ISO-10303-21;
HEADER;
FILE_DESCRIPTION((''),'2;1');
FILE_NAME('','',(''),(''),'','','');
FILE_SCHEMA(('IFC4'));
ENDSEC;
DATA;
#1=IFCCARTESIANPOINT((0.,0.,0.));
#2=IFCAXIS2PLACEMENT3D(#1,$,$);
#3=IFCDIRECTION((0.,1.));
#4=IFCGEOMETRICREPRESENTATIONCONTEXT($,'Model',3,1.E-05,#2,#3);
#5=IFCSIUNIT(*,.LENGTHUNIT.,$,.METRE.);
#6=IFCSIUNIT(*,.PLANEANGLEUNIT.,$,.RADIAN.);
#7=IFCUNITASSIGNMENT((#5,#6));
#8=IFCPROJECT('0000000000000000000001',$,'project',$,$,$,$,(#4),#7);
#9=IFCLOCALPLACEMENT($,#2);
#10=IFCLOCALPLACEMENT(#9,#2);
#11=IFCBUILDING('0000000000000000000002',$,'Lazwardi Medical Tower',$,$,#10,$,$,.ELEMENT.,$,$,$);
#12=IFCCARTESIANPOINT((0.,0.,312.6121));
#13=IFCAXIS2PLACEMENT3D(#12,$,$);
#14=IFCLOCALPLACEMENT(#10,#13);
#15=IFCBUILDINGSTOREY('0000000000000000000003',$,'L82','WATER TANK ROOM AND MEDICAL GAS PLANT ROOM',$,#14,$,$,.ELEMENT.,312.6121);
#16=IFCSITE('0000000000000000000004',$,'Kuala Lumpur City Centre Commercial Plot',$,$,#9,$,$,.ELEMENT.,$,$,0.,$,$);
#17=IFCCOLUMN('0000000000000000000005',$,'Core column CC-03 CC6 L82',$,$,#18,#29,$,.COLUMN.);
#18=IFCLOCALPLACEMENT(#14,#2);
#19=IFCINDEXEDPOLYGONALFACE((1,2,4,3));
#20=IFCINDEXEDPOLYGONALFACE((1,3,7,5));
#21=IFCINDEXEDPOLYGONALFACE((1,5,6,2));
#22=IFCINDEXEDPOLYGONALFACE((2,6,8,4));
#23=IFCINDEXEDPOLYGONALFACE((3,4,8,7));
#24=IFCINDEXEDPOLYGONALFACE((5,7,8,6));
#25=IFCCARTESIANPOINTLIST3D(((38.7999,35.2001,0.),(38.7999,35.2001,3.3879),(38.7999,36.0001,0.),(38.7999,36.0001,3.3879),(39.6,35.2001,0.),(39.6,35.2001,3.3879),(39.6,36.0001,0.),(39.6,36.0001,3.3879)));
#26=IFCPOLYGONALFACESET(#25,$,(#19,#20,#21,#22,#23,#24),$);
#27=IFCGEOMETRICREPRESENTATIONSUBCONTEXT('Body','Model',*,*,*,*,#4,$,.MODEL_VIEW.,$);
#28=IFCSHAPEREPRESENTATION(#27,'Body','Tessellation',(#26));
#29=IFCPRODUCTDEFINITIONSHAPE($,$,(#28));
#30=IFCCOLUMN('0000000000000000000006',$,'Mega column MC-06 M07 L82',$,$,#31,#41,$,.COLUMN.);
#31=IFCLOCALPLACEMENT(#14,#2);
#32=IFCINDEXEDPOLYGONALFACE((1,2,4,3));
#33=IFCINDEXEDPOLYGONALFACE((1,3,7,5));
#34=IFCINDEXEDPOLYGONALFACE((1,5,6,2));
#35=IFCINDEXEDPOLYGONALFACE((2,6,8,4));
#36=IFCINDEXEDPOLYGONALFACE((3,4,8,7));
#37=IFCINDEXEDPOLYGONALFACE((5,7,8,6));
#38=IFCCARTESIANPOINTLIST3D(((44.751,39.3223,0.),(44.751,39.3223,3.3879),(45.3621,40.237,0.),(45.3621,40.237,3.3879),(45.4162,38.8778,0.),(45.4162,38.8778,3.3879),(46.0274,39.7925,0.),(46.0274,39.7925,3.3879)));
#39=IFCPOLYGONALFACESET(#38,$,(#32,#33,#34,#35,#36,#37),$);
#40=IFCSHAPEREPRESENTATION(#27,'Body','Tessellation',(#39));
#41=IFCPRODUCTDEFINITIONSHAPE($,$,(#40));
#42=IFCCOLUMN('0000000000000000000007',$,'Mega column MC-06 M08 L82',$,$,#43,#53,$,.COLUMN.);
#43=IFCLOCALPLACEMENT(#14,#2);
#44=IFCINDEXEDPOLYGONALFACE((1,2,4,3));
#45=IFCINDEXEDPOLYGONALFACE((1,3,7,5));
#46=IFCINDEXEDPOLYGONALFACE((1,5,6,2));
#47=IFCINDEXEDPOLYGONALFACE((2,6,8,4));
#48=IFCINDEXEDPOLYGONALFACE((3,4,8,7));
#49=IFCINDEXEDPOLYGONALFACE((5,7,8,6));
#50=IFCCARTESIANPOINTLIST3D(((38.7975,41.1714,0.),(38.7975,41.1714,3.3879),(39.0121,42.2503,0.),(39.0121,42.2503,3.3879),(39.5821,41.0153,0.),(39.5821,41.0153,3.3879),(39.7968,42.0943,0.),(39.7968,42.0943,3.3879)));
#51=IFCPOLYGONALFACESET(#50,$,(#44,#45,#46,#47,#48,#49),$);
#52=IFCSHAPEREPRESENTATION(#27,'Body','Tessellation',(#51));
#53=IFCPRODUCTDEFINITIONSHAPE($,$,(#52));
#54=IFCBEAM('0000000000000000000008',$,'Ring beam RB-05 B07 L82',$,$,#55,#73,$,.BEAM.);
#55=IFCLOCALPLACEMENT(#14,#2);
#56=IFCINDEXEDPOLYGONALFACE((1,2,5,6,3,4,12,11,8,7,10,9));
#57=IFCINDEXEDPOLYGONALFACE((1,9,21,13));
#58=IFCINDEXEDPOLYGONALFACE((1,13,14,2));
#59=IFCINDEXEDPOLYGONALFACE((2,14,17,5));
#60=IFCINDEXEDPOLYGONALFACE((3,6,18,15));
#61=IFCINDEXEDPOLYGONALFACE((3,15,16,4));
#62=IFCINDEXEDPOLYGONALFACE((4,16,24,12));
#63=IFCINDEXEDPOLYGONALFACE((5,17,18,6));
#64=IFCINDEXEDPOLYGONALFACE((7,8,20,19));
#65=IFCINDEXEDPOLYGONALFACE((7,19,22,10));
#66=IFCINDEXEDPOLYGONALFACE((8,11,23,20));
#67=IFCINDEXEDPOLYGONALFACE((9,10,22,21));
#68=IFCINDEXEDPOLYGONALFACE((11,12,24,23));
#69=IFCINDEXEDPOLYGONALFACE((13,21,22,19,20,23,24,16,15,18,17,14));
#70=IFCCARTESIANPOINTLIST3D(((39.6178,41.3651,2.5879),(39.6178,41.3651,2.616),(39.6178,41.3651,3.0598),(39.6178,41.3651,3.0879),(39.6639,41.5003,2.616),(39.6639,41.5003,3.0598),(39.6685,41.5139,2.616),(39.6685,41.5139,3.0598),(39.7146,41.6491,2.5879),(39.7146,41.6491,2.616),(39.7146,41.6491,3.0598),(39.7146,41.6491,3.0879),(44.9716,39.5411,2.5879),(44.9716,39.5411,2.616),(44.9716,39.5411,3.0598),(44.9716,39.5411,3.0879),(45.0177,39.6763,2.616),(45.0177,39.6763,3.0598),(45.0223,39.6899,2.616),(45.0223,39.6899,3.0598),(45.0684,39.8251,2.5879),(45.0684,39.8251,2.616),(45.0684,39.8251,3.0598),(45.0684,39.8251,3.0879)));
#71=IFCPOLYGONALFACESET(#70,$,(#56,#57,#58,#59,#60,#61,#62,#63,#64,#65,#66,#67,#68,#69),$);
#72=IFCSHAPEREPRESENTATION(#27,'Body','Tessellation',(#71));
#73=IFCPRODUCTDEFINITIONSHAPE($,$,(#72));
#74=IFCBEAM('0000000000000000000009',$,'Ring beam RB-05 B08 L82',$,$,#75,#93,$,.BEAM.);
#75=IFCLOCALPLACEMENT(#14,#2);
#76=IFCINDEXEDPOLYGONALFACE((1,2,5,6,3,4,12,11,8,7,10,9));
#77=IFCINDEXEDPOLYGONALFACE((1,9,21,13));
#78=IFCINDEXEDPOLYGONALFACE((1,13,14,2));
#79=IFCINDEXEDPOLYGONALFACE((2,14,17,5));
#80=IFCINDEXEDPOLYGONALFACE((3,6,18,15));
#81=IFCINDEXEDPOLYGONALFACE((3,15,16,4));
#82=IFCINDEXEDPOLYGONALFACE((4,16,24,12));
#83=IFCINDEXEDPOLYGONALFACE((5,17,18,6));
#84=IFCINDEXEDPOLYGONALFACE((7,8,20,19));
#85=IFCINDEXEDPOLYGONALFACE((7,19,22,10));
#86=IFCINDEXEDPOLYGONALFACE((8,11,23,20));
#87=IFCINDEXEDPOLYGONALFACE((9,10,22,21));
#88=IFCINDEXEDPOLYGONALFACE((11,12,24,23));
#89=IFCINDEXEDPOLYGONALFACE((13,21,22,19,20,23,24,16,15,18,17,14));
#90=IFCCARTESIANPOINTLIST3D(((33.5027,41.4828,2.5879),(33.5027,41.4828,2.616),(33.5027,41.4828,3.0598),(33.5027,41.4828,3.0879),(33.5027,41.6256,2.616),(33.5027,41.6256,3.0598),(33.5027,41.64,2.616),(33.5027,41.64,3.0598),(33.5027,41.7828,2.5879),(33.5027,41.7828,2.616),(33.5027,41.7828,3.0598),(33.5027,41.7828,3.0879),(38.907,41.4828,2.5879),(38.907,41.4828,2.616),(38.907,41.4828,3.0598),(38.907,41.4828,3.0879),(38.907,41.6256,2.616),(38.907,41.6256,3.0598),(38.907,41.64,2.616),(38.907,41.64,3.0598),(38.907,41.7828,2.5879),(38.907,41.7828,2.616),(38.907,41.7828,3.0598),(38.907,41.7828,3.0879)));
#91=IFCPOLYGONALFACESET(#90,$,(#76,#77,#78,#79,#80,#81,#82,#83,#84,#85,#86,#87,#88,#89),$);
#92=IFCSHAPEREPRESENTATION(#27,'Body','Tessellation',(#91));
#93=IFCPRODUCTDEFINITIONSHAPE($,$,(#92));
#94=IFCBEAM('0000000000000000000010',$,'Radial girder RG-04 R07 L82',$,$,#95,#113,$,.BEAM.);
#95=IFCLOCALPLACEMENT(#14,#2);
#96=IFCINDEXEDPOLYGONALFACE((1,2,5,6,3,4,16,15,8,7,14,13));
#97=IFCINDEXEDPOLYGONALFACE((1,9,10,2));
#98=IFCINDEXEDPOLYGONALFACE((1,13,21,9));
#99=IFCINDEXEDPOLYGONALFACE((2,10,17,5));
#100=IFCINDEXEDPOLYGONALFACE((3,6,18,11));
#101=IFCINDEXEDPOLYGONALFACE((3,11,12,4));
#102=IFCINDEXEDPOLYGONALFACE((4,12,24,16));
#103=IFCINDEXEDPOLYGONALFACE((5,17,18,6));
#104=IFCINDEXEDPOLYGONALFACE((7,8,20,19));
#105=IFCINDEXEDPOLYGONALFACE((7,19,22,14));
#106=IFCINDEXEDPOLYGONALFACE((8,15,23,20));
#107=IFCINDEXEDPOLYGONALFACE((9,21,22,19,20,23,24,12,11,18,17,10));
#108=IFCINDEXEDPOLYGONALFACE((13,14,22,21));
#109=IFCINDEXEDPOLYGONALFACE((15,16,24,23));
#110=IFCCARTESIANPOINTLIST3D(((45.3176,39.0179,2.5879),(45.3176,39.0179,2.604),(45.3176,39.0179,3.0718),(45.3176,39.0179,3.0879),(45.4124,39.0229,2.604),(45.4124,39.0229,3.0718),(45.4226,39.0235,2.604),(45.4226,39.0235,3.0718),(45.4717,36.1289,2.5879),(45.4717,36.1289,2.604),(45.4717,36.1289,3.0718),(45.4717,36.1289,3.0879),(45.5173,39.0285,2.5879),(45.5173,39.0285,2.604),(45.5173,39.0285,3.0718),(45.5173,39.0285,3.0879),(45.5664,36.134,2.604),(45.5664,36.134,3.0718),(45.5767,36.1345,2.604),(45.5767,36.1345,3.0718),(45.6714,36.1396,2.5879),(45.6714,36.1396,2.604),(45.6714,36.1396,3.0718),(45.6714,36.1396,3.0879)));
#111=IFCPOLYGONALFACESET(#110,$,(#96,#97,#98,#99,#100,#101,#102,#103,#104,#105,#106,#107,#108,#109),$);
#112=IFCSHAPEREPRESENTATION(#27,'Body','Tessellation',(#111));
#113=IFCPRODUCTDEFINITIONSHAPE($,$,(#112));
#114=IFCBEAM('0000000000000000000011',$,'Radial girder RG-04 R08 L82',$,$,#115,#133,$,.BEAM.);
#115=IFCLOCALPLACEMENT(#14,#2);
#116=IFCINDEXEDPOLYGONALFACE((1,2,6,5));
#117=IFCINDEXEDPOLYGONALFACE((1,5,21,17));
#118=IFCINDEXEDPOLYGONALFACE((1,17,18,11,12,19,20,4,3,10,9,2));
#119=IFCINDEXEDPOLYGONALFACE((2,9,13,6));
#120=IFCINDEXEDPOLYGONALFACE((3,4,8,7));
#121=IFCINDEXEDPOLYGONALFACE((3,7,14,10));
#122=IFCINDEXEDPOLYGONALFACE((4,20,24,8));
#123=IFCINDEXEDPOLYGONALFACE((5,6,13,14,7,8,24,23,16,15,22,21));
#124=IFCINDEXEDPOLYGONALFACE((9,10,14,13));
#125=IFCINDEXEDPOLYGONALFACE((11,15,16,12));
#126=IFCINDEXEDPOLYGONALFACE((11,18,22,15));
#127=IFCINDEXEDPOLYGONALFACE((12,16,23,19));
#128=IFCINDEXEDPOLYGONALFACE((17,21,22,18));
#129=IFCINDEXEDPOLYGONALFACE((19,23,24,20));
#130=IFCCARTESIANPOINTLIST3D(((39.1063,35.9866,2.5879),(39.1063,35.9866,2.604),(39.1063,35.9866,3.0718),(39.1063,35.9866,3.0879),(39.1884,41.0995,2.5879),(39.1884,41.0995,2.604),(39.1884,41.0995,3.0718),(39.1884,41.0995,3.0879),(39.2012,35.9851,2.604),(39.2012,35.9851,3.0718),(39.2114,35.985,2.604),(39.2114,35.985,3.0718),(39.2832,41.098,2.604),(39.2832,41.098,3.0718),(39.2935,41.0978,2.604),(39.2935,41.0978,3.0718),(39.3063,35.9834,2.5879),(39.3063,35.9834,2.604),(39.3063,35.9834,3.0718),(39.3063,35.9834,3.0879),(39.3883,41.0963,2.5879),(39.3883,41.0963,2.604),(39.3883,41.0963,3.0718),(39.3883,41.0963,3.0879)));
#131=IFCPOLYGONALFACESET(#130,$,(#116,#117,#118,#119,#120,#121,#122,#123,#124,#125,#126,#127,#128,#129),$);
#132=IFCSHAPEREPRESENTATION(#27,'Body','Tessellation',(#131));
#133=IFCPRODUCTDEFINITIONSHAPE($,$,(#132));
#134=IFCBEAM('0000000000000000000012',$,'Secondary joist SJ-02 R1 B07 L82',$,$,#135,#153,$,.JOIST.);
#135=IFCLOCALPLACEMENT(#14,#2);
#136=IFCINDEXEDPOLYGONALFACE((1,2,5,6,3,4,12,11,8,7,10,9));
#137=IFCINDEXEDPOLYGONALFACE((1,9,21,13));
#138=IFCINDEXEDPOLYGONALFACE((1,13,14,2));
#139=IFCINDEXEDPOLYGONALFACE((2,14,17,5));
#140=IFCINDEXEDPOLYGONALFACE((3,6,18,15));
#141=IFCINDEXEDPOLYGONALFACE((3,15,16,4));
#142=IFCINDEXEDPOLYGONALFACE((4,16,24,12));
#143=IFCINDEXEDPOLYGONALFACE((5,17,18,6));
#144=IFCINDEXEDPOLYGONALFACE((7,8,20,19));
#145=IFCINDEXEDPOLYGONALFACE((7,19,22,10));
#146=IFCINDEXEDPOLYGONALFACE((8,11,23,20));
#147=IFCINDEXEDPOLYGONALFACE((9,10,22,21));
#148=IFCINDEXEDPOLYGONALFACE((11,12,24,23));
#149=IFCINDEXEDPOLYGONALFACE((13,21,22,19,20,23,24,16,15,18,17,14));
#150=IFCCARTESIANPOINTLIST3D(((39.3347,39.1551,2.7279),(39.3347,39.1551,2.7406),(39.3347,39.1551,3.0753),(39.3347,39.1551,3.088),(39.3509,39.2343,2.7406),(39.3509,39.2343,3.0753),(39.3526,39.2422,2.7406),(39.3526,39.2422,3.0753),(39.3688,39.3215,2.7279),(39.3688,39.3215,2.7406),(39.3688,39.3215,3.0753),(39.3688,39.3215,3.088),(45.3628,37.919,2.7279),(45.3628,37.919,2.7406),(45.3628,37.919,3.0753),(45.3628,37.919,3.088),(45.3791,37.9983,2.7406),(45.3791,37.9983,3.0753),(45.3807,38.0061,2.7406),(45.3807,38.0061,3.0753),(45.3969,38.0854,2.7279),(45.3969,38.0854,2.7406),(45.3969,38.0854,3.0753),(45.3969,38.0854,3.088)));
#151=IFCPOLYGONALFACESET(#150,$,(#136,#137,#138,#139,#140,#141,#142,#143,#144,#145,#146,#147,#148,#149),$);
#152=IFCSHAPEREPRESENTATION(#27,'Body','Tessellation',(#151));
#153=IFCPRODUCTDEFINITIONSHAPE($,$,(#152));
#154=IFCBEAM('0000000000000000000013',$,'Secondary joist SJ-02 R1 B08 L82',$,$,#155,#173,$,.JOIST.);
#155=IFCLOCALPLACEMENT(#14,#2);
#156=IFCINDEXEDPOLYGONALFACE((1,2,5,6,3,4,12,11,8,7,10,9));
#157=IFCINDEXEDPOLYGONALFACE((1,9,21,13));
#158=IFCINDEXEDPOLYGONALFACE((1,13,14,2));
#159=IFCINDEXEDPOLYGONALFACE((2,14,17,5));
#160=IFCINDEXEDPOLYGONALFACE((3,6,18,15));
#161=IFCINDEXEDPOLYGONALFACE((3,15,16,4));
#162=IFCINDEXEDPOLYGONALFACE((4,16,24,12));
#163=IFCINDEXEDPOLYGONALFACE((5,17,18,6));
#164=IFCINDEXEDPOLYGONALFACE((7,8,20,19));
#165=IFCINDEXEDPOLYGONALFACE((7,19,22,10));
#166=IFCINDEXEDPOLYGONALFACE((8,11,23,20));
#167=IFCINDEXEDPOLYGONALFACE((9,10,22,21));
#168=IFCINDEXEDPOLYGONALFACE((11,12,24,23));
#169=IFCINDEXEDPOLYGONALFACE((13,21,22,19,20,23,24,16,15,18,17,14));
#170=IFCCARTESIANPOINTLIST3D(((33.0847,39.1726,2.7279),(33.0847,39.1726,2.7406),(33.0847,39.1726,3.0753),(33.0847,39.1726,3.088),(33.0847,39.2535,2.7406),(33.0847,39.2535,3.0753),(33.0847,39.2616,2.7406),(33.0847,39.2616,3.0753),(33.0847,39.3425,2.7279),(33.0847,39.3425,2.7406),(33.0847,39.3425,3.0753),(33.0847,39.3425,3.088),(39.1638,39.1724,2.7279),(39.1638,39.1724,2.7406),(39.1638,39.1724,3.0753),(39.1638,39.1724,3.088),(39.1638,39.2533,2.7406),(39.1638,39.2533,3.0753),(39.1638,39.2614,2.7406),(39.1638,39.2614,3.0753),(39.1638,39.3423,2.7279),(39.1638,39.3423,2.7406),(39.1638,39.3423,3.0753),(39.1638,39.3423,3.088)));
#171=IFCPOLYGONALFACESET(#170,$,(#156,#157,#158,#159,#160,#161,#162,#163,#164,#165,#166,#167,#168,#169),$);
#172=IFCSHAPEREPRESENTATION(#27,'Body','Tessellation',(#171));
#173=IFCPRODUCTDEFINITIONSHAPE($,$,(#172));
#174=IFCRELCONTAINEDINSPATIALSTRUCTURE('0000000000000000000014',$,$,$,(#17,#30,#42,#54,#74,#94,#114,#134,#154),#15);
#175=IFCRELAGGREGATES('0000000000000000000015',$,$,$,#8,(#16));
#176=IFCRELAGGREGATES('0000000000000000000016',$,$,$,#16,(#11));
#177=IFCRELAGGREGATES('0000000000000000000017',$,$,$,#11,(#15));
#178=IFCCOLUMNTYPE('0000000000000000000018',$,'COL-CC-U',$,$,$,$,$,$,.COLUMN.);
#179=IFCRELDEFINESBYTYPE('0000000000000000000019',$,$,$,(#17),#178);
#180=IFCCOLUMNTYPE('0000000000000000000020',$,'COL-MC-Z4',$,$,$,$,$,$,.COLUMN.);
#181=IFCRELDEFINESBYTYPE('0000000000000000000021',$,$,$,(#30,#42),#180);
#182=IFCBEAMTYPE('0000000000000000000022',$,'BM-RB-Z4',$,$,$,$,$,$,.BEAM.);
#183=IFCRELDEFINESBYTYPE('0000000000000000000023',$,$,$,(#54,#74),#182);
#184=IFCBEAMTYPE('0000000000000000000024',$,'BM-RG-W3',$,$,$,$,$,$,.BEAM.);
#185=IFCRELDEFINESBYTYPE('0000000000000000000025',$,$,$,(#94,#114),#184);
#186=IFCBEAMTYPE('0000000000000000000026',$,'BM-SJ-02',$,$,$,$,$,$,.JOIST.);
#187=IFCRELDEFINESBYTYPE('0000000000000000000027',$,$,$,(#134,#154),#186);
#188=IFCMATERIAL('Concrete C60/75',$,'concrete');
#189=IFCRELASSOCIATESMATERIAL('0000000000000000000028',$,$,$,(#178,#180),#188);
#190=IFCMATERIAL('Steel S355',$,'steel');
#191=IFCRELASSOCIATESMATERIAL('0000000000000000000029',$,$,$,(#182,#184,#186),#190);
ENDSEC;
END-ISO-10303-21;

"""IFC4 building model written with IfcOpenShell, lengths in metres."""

from ifc_helpers import new_model, si_unit, direction, frame, origin, origin_2d, place, context, subcontext, project, spatial, rectangle, i_section, extrude, material, material_profile, profile_set, type_object, element, save


model = new_model("IFC4")

# Units and contexts
model_context = context("Model", 3, precision=1e-05, world=origin(), true_north=direction((0.0, 1.0)))
body_context = subcontext(model_context, "Body", "Model", "MODEL_VIEW")
ifc_project = project(units=[si_unit("LENGTHUNIT", "METRE"), si_unit("PLANEANGLEUNIT", "RADIAN")], contexts=[model_context])

# Site, building, storey
site_placement = place(None, origin())
site = spatial("IfcSite", under=ifc_project, at=site_placement, Name="Kuala Lumpur City Centre Commercial Plot", CompositionType="ELEMENT", RefElevation=0.0)
building_placement = place(site_placement, origin())
building = spatial("IfcBuilding", under=site, at=building_placement, Name="Lazwardi Medical Tower", CompositionType="ELEMENT")
storey_placement = place(building_placement, frame((0.0, 0.0, 312.6121)))
storey = spatial("IfcBuildingStorey", under=building, at=storey_placement, Name="L82", Description="WATER TANK ROOM AND MEDICAL GAS PLANT ROOM", CompositionType="ELEMENT", Elevation=312.6121)

# Columns
ifc_material_1 = material(Name="Concrete C60/75", Category="concrete")
ifc_material_profile_1 = material_profile(ifc_material_1, rectangle(XDim=0.8, YDim=0.8, at=origin_2d()), Name="RC 800x800")
ifc_profile_set_1 = profile_set([ifc_material_profile_1], Name="Concrete C60/75")
column_type_1 = type_object("IfcColumnType", Name="COL-CC-U", PredefinedType="COLUMN", material=ifc_profile_set_1)
column_placement = place(storey_placement, frame((39.2, 35.6001, 0.0), z_axis=(0.0, 0.0, 1.0), x_axis=(1.0, 0.0, 0.0)))
element("IfcColumn", 1, at=column_placement, inside=storey, type_object=column_type_1, Name="Core column CC-03 CC6 L82", PredefinedType="COLUMN", context=body_context, shape_type="SweptSolid", body=[
    extrude(rectangle(XDim=0.8, YDim=0.8, at=origin_2d()), origin(), (0.0, 0.0, 1.0), 3.3879),
])
ifc_material_profile_2 = material_profile(ifc_material_1, rectangle(XDim=1.1001, YDim=0.8, at=origin_2d()), Name="CFT-RECT 1100x800")
ifc_profile_set_2 = profile_set([ifc_material_profile_2], Name="Concrete C60/75")
column_type_2 = type_object("IfcColumnType", Name="COL-MC-Z4", PredefinedType="COLUMN", material=ifc_profile_set_2)
for number, where, z_axis, x_axis, name in (
    (2, (45.3892, 39.5574, 0.0), (0.0, 0.0, 1.0), (0.55557, 0.83147, 0.0), "Mega column MC-06 M07 L82"),
    (3, (39.2971, 41.6328, 0.0), (0.0, 0.0, 1.0), (0.19509, 0.980785, 0.0), "Mega column MC-06 M08 L82"),
):
    element("IfcColumn", number, at=place(storey_placement, frame(where, z_axis=z_axis, x_axis=x_axis)), inside=storey, type_object=column_type_2, Name=name, PredefinedType="COLUMN", context=body_context, shape_type="SweptSolid", body=[
        extrude(rectangle(XDim=1.1001, YDim=0.8, at=origin_2d()), origin(), (0.0, 0.0, 1.0), 3.3879),
    ])

# Beams
ifc_material_2 = material(Name="Steel S355", Category="steel")
ifc_material_profile_3 = material_profile(ifc_material_2, i_section(OverallWidth=0.3, OverallDepth=0.5, WebThickness=0.0144, FlangeThickness=0.0281, at=origin_2d()), Name="HEB 500")
ifc_profile_set_3 = profile_set([ifc_material_profile_3], Name="Steel S355")
beam_type_1 = type_object("IfcBeamType", Name="BM-RB-Z4", PredefinedType="BEAM", material=ifc_profile_set_3)
beam_1_placement = place(storey_placement, frame((45.02, 39.6831, 2.8379), z_axis=(-0.946573, 0.322488, 0.0), x_axis=(-0.322488, -0.946573, 0.0)))
element("IfcBeam", 4, at=beam_1_placement, inside=storey, type_object=beam_type_1, Name="Ring beam RB-05 B07 L82", PredefinedType="BEAM", context=body_context, shape_type="SweptSolid", body=[
    extrude(i_section(OverallWidth=0.3, OverallDepth=0.5, WebThickness=0.0144, FlangeThickness=0.0281, at=origin_2d()), origin(), (0.0, 0.0, 1.0), 5.656),
])
beam_2_placement = place(storey_placement, frame((38.907, 41.6328, 2.8379), z_axis=(-1.0, 0.0, 0.0), x_axis=(0.0, -1.0, 0.0)))
element("IfcBeam", 5, at=beam_2_placement, inside=storey, type_object=beam_type_1, Name="Ring beam RB-05 B08 L82", PredefinedType="BEAM", context=body_context, shape_type="SweptSolid", body=[
    extrude(i_section(OverallWidth=0.3, OverallDepth=0.5, WebThickness=0.0144, FlangeThickness=0.0281, at=origin_2d()), origin(), (0.0, 0.0, 1.0), 5.4043),
])
ifc_material_profile_4 = material_profile(ifc_material_2, i_section(OverallWidth=0.2, OverallDepth=0.5, WebThickness=0.0103, FlangeThickness=0.0161, at=origin_2d()), Name="IPE 500")
ifc_profile_set_4 = profile_set([ifc_material_profile_4], Name="Steel S355")
beam_type_2 = type_object("IfcBeamType", Name="BM-RG-W3", PredefinedType="BEAM", material=ifc_profile_set_4)
beam_3_placement = place(storey_placement, frame((45.4175, 39.0232, 2.8379), z_axis=(0.05325, -0.998581, 0.0), x_axis=(0.998581, 0.05325, 0.0)))
element("IfcBeam", 6, at=beam_3_placement, inside=storey, type_object=beam_type_2, Name="Radial girder RG-04 R07 L82", PredefinedType="BEAM", context=body_context, shape_type="SweptSolid", body=[
    extrude(i_section(OverallWidth=0.2, OverallDepth=0.5, WebThickness=0.0103, FlangeThickness=0.0161, at=origin_2d()), origin(), (0.0, 0.0, 1.0), 2.8931),
])
beam_4_placement = place(storey_placement, frame((39.2883, 41.0979, 2.8379), z_axis=(-0.016042, -0.999871, 0.0), x_axis=(0.999871, -0.016042, 0.0)))
element("IfcBeam", 7, at=beam_4_placement, inside=storey, type_object=beam_type_2, Name="Radial girder RG-04 R08 L82", PredefinedType="BEAM", context=body_context, shape_type="SweptSolid", body=[
    extrude(i_section(OverallWidth=0.2, OverallDepth=0.5, WebThickness=0.0103, FlangeThickness=0.0161, at=origin_2d()), origin(), (0.0, 0.0, 1.0), 5.1135),
])
ifc_material_profile_5 = material_profile(ifc_material_2, i_section(OverallWidth=0.1699, OverallDepth=0.3601, WebThickness=0.0081, FlangeThickness=0.0127, at=origin_2d()), Name="IPE 360")
ifc_profile_set_5 = profile_set([ifc_material_profile_5], Name="Steel S355")
beam_type_3 = type_object("IfcBeamType", Name="BM-SJ-02", PredefinedType="JOIST", material=ifc_profile_set_5)
beam_5_placement = place(storey_placement, frame((45.3799, 38.0022, 2.908), z_axis=(-0.979617, 0.200875, 0.0), x_axis=(-0.200875, -0.979617, 0.0)))
element("IfcBeam", 8, at=beam_5_placement, inside=storey, type_object=beam_type_3, Name="Secondary joist SJ-02 R1 B07 L82", PredefinedType="JOIST", context=body_context, shape_type="SweptSolid", body=[
    extrude(i_section(OverallWidth=0.1699, OverallDepth=0.3601, WebThickness=0.0081, FlangeThickness=0.0127, at=origin_2d()), origin(), (0.0, 0.0, 1.0), 6.1536),
])
beam_6_placement = place(storey_placement, frame((39.1638, 39.2573, 2.908), z_axis=(-1.0, 0.00004, 0.0), x_axis=(-0.00004, -1.0, 0.0)))
element("IfcBeam", 9, at=beam_6_placement, inside=storey, type_object=beam_type_3, Name="Secondary joist SJ-02 R1 B08 L82", PredefinedType="JOIST", context=body_context, shape_type="SweptSolid", body=[
    extrude(i_section(OverallWidth=0.1699, OverallDepth=0.3601, WebThickness=0.0081, FlangeThickness=0.0127, at=origin_2d()), origin(), (0.0, 0.0, 1.0), 6.0791),
])

save(model, "model.ifc")
